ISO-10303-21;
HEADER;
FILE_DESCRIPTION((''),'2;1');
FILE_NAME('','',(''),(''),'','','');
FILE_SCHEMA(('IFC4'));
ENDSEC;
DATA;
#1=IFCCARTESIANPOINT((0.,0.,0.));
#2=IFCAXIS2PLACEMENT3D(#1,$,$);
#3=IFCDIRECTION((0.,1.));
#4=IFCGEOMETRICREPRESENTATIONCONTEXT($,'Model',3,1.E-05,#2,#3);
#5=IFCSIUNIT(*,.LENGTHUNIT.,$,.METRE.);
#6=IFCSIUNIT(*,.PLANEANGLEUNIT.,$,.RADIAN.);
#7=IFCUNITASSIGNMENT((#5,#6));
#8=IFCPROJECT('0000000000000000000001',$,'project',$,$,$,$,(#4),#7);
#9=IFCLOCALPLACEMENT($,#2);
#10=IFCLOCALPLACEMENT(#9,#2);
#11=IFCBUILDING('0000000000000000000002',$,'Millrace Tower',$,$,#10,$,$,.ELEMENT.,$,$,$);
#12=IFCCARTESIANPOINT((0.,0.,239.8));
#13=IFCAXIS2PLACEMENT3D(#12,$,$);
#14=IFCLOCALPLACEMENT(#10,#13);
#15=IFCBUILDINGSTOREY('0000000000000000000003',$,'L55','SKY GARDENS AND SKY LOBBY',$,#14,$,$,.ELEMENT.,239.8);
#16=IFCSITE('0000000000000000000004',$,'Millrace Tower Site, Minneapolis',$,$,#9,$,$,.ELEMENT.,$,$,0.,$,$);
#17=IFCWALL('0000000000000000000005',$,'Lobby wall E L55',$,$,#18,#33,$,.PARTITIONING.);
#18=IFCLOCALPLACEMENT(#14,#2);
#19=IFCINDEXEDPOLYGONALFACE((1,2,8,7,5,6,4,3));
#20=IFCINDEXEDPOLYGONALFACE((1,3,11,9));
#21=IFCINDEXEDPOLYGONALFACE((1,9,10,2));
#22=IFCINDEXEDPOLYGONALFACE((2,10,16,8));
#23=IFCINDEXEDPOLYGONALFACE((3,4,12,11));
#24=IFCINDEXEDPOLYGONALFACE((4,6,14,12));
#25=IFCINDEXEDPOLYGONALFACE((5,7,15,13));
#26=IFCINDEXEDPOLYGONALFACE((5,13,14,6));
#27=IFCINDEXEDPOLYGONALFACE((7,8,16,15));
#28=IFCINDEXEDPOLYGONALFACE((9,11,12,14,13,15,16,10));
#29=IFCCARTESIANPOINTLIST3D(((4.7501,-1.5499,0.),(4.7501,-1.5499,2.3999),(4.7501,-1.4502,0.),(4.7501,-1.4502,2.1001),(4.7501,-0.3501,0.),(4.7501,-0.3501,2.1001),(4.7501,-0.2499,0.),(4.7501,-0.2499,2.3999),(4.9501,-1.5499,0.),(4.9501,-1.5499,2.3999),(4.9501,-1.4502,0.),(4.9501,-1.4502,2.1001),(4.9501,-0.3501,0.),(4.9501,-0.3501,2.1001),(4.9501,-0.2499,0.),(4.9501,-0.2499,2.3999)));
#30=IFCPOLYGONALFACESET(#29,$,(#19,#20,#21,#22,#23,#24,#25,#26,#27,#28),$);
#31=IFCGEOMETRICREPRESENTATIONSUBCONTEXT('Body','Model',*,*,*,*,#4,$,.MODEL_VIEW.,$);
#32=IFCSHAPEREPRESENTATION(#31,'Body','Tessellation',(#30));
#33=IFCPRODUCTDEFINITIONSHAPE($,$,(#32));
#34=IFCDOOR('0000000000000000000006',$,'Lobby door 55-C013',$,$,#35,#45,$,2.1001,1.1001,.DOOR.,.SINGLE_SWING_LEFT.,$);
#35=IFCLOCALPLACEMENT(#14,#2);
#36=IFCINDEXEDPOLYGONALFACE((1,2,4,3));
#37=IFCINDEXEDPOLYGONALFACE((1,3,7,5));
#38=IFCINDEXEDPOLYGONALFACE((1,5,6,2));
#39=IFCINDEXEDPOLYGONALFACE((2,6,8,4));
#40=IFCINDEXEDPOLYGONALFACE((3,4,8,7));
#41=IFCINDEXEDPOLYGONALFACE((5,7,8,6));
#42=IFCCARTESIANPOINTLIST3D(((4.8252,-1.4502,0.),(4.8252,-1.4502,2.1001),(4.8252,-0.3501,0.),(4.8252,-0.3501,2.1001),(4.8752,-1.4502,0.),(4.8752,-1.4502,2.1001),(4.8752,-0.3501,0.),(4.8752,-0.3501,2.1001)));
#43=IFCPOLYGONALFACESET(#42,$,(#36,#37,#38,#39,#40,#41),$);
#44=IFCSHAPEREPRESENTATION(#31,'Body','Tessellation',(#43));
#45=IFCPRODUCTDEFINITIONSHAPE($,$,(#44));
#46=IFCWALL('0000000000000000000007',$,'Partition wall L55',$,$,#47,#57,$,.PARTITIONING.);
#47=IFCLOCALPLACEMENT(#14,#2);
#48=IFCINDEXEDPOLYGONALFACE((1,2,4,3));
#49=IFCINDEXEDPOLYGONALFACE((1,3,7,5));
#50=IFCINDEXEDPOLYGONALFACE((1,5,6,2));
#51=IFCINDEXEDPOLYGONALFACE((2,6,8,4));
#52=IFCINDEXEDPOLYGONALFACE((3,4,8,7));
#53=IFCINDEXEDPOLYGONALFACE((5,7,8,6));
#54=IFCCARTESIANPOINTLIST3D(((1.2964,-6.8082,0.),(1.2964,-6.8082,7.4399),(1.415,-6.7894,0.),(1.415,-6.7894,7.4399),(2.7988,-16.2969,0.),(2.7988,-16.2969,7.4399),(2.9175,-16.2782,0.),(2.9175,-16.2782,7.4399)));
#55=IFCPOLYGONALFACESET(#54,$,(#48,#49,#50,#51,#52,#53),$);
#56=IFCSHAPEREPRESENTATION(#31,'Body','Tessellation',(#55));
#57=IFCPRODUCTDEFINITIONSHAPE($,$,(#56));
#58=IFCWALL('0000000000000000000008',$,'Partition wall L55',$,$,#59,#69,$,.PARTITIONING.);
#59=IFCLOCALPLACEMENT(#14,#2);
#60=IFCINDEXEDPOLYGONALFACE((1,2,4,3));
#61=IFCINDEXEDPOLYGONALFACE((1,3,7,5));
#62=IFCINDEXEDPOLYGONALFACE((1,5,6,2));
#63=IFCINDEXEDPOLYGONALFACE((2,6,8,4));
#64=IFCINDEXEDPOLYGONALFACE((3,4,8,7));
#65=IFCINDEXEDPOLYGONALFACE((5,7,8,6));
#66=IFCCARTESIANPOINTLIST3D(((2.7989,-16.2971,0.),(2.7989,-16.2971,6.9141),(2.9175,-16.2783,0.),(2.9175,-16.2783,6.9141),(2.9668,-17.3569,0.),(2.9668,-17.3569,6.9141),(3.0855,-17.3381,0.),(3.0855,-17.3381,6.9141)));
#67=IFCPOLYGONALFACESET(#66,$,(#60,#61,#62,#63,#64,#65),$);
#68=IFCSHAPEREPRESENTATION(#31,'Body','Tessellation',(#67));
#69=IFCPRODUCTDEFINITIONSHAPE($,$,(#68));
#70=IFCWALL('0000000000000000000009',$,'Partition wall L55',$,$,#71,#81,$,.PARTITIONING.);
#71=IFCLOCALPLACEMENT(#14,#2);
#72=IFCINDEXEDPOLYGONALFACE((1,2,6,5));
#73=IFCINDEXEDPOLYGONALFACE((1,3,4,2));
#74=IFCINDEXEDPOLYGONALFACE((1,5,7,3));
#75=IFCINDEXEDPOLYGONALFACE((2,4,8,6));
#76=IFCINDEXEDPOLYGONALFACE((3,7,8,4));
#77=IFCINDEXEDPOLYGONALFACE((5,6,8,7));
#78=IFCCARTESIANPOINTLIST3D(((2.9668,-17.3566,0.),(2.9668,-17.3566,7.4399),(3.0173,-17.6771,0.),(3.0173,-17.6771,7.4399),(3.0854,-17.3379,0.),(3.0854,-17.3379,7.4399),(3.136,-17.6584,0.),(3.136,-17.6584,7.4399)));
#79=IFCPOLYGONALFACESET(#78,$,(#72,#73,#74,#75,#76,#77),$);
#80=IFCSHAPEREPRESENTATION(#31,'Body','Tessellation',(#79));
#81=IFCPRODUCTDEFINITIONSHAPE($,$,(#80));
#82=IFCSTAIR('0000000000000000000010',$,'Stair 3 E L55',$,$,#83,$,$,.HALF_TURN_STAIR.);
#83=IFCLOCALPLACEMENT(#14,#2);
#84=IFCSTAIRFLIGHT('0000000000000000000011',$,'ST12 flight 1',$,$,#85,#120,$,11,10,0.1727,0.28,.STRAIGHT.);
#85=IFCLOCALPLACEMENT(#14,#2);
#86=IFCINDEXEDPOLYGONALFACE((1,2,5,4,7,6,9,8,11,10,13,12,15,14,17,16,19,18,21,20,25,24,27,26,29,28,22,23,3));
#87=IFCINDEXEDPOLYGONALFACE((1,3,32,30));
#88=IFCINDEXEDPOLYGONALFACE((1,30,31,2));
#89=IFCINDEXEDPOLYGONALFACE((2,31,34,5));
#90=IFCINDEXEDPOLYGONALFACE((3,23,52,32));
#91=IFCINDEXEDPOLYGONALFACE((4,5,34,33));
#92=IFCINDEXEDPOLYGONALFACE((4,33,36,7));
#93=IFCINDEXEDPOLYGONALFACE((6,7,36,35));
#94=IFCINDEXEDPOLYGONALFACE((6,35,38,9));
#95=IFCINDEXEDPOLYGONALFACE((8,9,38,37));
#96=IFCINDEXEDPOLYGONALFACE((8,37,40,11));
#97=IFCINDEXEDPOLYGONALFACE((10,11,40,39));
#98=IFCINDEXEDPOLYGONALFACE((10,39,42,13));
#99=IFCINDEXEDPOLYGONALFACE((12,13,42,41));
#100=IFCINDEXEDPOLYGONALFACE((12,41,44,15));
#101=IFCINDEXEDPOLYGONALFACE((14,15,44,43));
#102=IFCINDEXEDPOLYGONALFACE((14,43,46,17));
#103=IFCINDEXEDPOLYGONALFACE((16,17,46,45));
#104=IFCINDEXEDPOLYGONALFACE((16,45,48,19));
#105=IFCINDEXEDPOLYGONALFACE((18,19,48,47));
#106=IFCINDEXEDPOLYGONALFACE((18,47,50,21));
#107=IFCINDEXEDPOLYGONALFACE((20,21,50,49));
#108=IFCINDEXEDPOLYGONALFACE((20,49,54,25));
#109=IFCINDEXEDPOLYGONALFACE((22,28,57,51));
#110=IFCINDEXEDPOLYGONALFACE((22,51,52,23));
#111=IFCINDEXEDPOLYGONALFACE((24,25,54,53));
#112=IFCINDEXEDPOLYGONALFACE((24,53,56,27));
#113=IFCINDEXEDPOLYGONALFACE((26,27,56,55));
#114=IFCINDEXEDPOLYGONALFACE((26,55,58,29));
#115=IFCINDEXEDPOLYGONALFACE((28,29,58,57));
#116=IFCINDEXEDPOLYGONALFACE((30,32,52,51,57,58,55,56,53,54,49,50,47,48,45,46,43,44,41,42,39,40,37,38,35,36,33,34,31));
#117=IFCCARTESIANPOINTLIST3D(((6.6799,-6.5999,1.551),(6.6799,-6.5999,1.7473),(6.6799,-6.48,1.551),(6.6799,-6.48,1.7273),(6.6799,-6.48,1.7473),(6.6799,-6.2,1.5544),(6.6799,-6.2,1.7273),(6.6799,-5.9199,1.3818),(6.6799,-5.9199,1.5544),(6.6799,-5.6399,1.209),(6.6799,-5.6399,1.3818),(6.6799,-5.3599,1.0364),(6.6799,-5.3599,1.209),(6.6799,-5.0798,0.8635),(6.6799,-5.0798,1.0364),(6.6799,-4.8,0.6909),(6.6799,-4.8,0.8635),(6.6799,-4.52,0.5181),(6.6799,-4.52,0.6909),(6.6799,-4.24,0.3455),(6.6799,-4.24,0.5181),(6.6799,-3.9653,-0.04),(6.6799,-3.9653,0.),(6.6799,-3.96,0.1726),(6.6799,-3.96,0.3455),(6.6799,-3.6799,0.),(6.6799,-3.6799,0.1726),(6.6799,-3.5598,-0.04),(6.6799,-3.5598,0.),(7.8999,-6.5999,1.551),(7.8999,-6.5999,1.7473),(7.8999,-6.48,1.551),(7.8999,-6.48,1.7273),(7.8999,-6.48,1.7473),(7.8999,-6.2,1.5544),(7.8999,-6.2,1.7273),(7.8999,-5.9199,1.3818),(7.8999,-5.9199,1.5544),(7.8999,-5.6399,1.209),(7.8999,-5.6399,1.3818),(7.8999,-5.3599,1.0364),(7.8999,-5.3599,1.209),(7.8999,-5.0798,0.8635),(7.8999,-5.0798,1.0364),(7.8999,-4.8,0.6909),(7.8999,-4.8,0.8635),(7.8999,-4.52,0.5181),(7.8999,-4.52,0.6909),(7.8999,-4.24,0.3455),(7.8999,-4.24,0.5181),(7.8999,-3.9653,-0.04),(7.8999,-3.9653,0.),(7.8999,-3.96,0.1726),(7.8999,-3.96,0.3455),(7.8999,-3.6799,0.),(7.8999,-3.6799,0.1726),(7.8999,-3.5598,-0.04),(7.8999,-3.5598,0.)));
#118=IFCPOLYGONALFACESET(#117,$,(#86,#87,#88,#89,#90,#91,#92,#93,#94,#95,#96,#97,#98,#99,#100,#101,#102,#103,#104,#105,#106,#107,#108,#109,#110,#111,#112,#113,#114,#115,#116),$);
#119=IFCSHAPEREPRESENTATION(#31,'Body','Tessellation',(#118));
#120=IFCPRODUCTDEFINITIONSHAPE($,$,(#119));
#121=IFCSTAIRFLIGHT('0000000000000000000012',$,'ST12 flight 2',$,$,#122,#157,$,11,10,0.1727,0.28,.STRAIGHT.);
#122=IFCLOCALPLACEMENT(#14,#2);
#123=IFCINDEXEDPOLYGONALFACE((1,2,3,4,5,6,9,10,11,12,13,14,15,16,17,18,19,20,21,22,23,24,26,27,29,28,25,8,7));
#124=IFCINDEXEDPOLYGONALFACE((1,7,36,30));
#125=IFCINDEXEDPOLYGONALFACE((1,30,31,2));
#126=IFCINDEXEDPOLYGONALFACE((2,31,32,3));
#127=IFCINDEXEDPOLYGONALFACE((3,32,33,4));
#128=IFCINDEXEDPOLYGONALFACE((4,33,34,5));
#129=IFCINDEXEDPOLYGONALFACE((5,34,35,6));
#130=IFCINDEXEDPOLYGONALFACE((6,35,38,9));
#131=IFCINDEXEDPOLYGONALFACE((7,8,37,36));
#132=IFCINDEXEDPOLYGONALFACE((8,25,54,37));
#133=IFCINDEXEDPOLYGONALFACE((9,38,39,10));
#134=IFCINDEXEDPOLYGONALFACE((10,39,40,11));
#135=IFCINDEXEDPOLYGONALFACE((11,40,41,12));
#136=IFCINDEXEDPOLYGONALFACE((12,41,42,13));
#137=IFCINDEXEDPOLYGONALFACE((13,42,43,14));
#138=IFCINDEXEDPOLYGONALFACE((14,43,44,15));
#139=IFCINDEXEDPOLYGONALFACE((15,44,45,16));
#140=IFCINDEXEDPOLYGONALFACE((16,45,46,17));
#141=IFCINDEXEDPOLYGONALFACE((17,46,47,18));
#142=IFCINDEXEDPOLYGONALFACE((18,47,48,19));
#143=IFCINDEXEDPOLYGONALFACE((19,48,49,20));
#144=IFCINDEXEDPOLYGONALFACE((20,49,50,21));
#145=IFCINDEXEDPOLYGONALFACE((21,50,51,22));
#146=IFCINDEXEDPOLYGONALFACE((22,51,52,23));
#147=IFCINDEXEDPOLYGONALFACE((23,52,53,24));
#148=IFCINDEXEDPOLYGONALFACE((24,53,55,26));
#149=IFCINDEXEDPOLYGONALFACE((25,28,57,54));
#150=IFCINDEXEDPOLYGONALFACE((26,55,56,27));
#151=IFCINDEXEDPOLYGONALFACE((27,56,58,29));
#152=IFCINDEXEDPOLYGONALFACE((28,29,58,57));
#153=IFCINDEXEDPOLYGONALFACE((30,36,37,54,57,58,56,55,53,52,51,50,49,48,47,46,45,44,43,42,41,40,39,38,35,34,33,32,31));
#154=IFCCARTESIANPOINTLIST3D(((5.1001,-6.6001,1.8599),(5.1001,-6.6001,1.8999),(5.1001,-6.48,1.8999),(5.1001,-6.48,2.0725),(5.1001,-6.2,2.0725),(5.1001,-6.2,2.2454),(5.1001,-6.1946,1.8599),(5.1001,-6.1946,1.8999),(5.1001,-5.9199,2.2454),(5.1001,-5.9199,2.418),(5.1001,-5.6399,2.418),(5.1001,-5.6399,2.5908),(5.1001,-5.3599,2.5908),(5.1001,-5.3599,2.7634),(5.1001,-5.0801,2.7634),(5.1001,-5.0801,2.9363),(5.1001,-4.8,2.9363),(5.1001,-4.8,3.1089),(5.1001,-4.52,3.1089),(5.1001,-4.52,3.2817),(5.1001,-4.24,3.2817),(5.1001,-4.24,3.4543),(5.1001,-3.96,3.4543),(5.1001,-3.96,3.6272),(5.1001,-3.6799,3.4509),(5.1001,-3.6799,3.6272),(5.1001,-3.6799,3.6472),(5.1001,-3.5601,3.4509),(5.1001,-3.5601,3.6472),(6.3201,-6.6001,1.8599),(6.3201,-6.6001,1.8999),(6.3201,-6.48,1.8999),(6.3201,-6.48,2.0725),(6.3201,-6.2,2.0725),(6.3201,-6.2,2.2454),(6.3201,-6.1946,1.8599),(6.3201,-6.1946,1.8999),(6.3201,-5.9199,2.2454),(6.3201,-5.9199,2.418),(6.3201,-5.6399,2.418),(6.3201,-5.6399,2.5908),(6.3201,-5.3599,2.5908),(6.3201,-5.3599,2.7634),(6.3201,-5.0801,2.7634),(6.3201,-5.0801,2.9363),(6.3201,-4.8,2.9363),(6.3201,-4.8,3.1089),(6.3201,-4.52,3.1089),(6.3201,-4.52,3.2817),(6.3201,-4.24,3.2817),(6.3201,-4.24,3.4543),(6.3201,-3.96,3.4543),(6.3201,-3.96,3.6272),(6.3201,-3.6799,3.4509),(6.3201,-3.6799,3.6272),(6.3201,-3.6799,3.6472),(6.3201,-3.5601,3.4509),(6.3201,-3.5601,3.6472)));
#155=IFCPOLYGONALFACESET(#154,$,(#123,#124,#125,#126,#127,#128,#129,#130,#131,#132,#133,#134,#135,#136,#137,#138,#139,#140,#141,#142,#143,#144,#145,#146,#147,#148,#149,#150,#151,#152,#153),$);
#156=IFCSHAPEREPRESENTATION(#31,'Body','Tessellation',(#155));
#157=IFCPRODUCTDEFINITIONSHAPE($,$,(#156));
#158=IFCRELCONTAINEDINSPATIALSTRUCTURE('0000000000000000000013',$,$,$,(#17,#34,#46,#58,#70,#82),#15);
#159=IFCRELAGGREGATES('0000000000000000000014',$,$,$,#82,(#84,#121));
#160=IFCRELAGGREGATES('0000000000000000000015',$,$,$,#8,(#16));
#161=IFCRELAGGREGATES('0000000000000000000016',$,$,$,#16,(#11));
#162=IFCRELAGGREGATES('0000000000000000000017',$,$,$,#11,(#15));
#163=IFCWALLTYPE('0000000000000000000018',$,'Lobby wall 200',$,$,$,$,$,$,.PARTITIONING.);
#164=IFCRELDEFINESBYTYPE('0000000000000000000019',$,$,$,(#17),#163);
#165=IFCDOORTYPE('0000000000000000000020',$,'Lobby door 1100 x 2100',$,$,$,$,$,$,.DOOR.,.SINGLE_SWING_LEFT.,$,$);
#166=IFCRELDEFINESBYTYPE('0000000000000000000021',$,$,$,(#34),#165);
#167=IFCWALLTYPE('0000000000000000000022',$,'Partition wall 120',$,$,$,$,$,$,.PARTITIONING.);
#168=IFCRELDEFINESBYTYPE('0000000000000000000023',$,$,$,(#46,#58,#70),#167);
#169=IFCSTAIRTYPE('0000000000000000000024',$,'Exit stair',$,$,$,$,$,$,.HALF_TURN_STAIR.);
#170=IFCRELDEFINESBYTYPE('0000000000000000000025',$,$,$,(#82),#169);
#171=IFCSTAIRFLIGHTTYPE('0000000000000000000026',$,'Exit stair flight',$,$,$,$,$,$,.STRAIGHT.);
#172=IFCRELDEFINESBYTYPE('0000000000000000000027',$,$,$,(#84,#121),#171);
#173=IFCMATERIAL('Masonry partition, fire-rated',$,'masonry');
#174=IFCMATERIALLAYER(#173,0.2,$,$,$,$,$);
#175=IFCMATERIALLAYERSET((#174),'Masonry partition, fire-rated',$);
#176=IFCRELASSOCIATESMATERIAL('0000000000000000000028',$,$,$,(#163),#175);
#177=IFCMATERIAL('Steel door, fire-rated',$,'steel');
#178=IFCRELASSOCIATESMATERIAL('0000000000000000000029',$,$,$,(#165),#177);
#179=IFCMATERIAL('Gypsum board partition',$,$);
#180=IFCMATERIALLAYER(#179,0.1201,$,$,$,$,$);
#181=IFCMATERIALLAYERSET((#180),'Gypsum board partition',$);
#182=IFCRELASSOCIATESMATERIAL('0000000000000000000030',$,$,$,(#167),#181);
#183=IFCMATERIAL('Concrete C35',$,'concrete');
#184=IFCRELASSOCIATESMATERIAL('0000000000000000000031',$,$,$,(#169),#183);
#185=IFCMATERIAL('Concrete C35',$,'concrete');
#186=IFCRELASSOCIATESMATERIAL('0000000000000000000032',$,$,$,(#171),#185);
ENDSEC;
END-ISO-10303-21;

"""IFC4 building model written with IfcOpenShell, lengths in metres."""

from ifc_helpers import new_model, si_unit, direction, frame, frame_2d, origin, place, context, subcontext, project, spatial, polyline, rectangle, outline, extrude, material, layer, layer_set, type_object, element, fill, aggregate, save


model = new_model("IFC4")

# Units and contexts
model_context = context("Model", 3, precision=1e-05, world=origin(), true_north=direction((0.0, 1.0)))
body_context = subcontext(model_context, "Body", "Model", "MODEL_VIEW")
ifc_project = project(units=[si_unit("LENGTHUNIT", "METRE"), si_unit("PLANEANGLEUNIT", "RADIAN")], contexts=[model_context])

# Site, building, storey
site_placement = place(None, origin())
site = spatial("IfcSite", under=ifc_project, at=site_placement, Name="Millrace Tower Site, Minneapolis", CompositionType="ELEMENT", RefElevation=0.0)
building_placement = place(site_placement, origin())
building = spatial("IfcBuilding", under=site, at=building_placement, Name="Millrace Tower", CompositionType="ELEMENT")
storey_placement = place(building_placement, frame((0.0, 0.0, 239.8)))
storey = spatial("IfcBuildingStorey", under=building, at=storey_placement, Name="L55", Description="SKY GARDENS AND SKY LOBBY", CompositionType="ELEMENT", Elevation=239.8)

# Shared definitions
placement_1 = place(storey_placement, origin())

# Wall, opening, door
ifc_material_1 = material(Name="Masonry partition, fire-rated", Category="masonry")
ifc_layer_1 = layer(ifc_material_1, 0.2)
ifc_layer_set_1 = layer_set([ifc_layer_1], Name="Masonry partition, fire-rated")
wall_type_1 = type_object("IfcWallType", Name="Lobby wall 200", PredefinedType="PARTITIONING", material=ifc_layer_set_1)
wall_1_placement = place(storey_placement, frame((4.8501, -0.25, 0.0), z_axis=(0.0, 0.0, 1.0), x_axis=(0.0, -1.0, 0.0)))
wall_1 = element("IfcWall", 1, at=wall_1_placement, inside=storey, type_object=wall_type_1, Name="Lobby wall E L55", PredefinedType="PARTITIONING", context=body_context, shape_type="SweptSolid", body=[
    extrude(rectangle(XDim=1.3, YDim=0.2, at=frame_2d((0.6499, 0.0))), origin(), (0.0, 0.0, 1.0), 2.3999),
])
opening_placement = place(wall_1_placement, frame((0.1001, 0.0, 0.0)))
opening = element("IfcOpeningElement", 2, at=opening_placement, cuts=wall_1, PredefinedType="OPENING", context=body_context, shape_type="SweptSolid", body=[
    extrude(rectangle(XDim=1.1001, YDim=2.1001, at=frame_2d((0.55, 1.05))), frame((0.0, 0.1099, 0.0), z_axis=(0.0, -1.0, 0.0), x_axis=(1.0, 0.0, 0.0)), (0.0, 0.0, 1.0), 0.22),
])
ifc_material_2 = material(Name="Steel door, fire-rated", Category="steel")
door_type = type_object("IfcDoorType", Name="Lobby door 1100 x 2100", OperationType="SINGLE_SWING_LEFT", PredefinedType="DOOR", material=ifc_material_2)
door_placement = place(opening_placement, frame((1.1001, 0.0, 0.0), z_axis=(0.0, 0.0, 1.0), x_axis=(-1.0, 0.0, 0.0)))
door = element("IfcDoor", 3, at=door_placement, inside=storey, type_object=door_type, Name="Lobby door 55-C013", OperationType="SINGLE_SWING_LEFT", OverallHeight=2.1001, OverallWidth=1.1001, PredefinedType="DOOR", context=body_context, shape_type="SweptSolid", body=[
    extrude(rectangle(XDim=1.1001, YDim=2.1001, at=frame_2d((0.55, 1.05))), frame((0.0, 0.0249, 0.0), z_axis=(0.0, -1.0, 0.0), x_axis=(1.0, 0.0, 0.0)), (0.0, 0.0, 1.0), 0.05),
])
fill(opening, door)

# Walls
ifc_material_3 = material(Name="Gypsum board partition")
ifc_layer_2 = layer(ifc_material_3, 0.1201)
ifc_layer_set_2 = layer_set([ifc_layer_2], Name="Gypsum board partition")
wall_type_2 = type_object("IfcWallType", Name="Partition wall 120", PredefinedType="PARTITIONING", material=ifc_layer_set_2)
wall_2_placement = place(storey_placement, frame((1.3557, -6.7988, 0.0), z_axis=(0.0, 0.0, 1.0), x_axis=(0.156391, -0.987695, 0.0)))
element("IfcWall", 4, at=wall_2_placement, inside=storey, type_object=wall_type_2, Name="Partition wall L55", PredefinedType="PARTITIONING", context=body_context, shape_type="SweptSolid", body=[
    extrude(rectangle(XDim=9.6069, YDim=0.1201, at=frame_2d((4.8035, 0.0))), origin(), (0.0, 0.0, 1.0), 7.4399),
])
wall_3_placement = place(storey_placement, frame((2.8582, -16.2876, 0.0), z_axis=(0.0, 0.0, 1.0), x_axis=(0.156535, -0.987672, 0.0)))
element("IfcWall", 5, at=wall_3_placement, inside=storey, type_object=wall_type_2, Name="Partition wall L55", PredefinedType="PARTITIONING", context=body_context, shape_type="SweptSolid", body=[
    extrude(rectangle(XDim=1.073, YDim=0.1201, at=frame_2d((0.5366, 0.0))), origin(), (0.0, 0.0, 1.0), 6.9141),
])
wall_4_placement = place(storey_placement, frame((3.0261, -17.3474, 0.0), z_axis=(0.0, 0.0, 1.0), x_axis=(0.155731, -0.9878, 0.0)))
element("IfcWall", 6, at=wall_4_placement, inside=storey, type_object=wall_type_2, Name="Partition wall L55", PredefinedType="PARTITIONING", context=body_context, shape_type="SweptSolid", body=[
    extrude(rectangle(XDim=0.3245, YDim=0.1201, at=frame_2d((0.1621, 0.0))), origin(), (0.0, 0.0, 1.0), 7.4399),
])

# Stair, stair flights
ifc_material_4 = material(Name="Concrete C35", Category="concrete")
stair_type = type_object("IfcStairType", Name="Exit stair", PredefinedType="HALF_TURN_STAIR", material=ifc_material_4)
stair = element("IfcStair", 7, at=placement_1, inside=storey, type_object=stair_type, Name="Stair 3 E L55", PredefinedType="HALF_TURN_STAIR")
ifc_material_5 = material(Name="Concrete C35", Category="concrete")
stair_flight_type = type_object("IfcStairFlightType", Name="Exit stair flight", PredefinedType="STRAIGHT", material=ifc_material_5)
stair_flight_1_placement = place(storey_placement, frame((7.29, -3.6799, 0.0), z_axis=(0.0, 0.0, 1.0), x_axis=(0.0, -1.0, 0.0)))
stair_flight_1 = element("IfcStairFlight", 8, at=stair_flight_1_placement, type_object=stair_flight_type, Name="ST12 flight 1", NumberOfRisers=11, NumberOfTreads=10, PredefinedType="STRAIGHT", RiserHeight=0.1727, TreadLength=0.28, context=body_context, shape_type="SweptSolid", body=[
    extrude(outline(polyline([(-0.1201, -0.04), (-0.1201, 0.0), (0.0, 0.0), (0.0, 0.1726), (0.28, 0.1726), (0.28, 0.3455), (0.5601, 0.3455), (0.5601, 0.5181), (0.8401, 0.5181), (0.8401, 0.6909), (1.1201, 0.6909), (1.1201, 0.8635), (1.3999, 0.8635), (1.3999, 1.0364), (1.6799, 1.0364), (1.6799, 1.209), (1.96, 1.209), (1.96, 1.3818), (2.24, 1.3818), (2.24, 1.5544), (2.52, 1.5544), (2.52, 1.7273), (2.8, 1.7273), (2.8, 1.7473), (2.9199, 1.7473), (2.9199, 1.551), (2.8, 1.551), (0.2854, 0.0), (0.2854, -0.04), (-0.1201, -0.04)])), frame((0.0, 0.6099, 0.0), z_axis=(0.0, -1.0, 0.0), x_axis=(1.0, 0.0, 0.0)), (0.0, 0.0, 1.0), 1.22),
])
stair_flight_2_placement = place(storey_placement, frame((5.71, -6.48, 1.8999), z_axis=(0.0, 0.0, 1.0), x_axis=(0.0, 1.0, 0.0)))
stair_flight_2 = element("IfcStairFlight", 9, at=stair_flight_2_placement, type_object=stair_flight_type, Name="ST12 flight 2", NumberOfRisers=11, NumberOfTreads=10, PredefinedType="STRAIGHT", RiserHeight=0.1727, TreadLength=0.28, context=body_context, shape_type="SweptSolid", body=[
    extrude(outline(polyline([(-0.1201, -0.04), (-0.1201, 0.0), (0.0, 0.0), (0.0, 0.1726), (0.28, 0.1726), (0.28, 0.3455), (0.5601, 0.3455), (0.5601, 0.5181), (0.8401, 0.5181), (0.8401, 0.6909), (1.1201, 0.6909), (1.1201, 0.8635), (1.3999, 0.8635), (1.3999, 1.0364), (1.6799, 1.0364), (1.6799, 1.209), (1.96, 1.209), (1.96, 1.3818), (2.24, 1.3818), (2.24, 1.5544), (2.52, 1.5544), (2.52, 1.7273), (2.8, 1.7273), (2.8, 1.7473), (2.9199, 1.7473), (2.9199, 1.551), (2.8, 1.551), (0.2854, 0.0), (0.2854, -0.04), (-0.1201, -0.04)])), frame((0.0, 0.6099, 0.0), z_axis=(0.0, -1.0, 0.0), x_axis=(1.0, 0.0, 0.0)), (0.0, 0.0, 1.0), 1.22),
])
aggregate(stair, [stair_flight_1, stair_flight_2])

save(model, "model.ifc")
